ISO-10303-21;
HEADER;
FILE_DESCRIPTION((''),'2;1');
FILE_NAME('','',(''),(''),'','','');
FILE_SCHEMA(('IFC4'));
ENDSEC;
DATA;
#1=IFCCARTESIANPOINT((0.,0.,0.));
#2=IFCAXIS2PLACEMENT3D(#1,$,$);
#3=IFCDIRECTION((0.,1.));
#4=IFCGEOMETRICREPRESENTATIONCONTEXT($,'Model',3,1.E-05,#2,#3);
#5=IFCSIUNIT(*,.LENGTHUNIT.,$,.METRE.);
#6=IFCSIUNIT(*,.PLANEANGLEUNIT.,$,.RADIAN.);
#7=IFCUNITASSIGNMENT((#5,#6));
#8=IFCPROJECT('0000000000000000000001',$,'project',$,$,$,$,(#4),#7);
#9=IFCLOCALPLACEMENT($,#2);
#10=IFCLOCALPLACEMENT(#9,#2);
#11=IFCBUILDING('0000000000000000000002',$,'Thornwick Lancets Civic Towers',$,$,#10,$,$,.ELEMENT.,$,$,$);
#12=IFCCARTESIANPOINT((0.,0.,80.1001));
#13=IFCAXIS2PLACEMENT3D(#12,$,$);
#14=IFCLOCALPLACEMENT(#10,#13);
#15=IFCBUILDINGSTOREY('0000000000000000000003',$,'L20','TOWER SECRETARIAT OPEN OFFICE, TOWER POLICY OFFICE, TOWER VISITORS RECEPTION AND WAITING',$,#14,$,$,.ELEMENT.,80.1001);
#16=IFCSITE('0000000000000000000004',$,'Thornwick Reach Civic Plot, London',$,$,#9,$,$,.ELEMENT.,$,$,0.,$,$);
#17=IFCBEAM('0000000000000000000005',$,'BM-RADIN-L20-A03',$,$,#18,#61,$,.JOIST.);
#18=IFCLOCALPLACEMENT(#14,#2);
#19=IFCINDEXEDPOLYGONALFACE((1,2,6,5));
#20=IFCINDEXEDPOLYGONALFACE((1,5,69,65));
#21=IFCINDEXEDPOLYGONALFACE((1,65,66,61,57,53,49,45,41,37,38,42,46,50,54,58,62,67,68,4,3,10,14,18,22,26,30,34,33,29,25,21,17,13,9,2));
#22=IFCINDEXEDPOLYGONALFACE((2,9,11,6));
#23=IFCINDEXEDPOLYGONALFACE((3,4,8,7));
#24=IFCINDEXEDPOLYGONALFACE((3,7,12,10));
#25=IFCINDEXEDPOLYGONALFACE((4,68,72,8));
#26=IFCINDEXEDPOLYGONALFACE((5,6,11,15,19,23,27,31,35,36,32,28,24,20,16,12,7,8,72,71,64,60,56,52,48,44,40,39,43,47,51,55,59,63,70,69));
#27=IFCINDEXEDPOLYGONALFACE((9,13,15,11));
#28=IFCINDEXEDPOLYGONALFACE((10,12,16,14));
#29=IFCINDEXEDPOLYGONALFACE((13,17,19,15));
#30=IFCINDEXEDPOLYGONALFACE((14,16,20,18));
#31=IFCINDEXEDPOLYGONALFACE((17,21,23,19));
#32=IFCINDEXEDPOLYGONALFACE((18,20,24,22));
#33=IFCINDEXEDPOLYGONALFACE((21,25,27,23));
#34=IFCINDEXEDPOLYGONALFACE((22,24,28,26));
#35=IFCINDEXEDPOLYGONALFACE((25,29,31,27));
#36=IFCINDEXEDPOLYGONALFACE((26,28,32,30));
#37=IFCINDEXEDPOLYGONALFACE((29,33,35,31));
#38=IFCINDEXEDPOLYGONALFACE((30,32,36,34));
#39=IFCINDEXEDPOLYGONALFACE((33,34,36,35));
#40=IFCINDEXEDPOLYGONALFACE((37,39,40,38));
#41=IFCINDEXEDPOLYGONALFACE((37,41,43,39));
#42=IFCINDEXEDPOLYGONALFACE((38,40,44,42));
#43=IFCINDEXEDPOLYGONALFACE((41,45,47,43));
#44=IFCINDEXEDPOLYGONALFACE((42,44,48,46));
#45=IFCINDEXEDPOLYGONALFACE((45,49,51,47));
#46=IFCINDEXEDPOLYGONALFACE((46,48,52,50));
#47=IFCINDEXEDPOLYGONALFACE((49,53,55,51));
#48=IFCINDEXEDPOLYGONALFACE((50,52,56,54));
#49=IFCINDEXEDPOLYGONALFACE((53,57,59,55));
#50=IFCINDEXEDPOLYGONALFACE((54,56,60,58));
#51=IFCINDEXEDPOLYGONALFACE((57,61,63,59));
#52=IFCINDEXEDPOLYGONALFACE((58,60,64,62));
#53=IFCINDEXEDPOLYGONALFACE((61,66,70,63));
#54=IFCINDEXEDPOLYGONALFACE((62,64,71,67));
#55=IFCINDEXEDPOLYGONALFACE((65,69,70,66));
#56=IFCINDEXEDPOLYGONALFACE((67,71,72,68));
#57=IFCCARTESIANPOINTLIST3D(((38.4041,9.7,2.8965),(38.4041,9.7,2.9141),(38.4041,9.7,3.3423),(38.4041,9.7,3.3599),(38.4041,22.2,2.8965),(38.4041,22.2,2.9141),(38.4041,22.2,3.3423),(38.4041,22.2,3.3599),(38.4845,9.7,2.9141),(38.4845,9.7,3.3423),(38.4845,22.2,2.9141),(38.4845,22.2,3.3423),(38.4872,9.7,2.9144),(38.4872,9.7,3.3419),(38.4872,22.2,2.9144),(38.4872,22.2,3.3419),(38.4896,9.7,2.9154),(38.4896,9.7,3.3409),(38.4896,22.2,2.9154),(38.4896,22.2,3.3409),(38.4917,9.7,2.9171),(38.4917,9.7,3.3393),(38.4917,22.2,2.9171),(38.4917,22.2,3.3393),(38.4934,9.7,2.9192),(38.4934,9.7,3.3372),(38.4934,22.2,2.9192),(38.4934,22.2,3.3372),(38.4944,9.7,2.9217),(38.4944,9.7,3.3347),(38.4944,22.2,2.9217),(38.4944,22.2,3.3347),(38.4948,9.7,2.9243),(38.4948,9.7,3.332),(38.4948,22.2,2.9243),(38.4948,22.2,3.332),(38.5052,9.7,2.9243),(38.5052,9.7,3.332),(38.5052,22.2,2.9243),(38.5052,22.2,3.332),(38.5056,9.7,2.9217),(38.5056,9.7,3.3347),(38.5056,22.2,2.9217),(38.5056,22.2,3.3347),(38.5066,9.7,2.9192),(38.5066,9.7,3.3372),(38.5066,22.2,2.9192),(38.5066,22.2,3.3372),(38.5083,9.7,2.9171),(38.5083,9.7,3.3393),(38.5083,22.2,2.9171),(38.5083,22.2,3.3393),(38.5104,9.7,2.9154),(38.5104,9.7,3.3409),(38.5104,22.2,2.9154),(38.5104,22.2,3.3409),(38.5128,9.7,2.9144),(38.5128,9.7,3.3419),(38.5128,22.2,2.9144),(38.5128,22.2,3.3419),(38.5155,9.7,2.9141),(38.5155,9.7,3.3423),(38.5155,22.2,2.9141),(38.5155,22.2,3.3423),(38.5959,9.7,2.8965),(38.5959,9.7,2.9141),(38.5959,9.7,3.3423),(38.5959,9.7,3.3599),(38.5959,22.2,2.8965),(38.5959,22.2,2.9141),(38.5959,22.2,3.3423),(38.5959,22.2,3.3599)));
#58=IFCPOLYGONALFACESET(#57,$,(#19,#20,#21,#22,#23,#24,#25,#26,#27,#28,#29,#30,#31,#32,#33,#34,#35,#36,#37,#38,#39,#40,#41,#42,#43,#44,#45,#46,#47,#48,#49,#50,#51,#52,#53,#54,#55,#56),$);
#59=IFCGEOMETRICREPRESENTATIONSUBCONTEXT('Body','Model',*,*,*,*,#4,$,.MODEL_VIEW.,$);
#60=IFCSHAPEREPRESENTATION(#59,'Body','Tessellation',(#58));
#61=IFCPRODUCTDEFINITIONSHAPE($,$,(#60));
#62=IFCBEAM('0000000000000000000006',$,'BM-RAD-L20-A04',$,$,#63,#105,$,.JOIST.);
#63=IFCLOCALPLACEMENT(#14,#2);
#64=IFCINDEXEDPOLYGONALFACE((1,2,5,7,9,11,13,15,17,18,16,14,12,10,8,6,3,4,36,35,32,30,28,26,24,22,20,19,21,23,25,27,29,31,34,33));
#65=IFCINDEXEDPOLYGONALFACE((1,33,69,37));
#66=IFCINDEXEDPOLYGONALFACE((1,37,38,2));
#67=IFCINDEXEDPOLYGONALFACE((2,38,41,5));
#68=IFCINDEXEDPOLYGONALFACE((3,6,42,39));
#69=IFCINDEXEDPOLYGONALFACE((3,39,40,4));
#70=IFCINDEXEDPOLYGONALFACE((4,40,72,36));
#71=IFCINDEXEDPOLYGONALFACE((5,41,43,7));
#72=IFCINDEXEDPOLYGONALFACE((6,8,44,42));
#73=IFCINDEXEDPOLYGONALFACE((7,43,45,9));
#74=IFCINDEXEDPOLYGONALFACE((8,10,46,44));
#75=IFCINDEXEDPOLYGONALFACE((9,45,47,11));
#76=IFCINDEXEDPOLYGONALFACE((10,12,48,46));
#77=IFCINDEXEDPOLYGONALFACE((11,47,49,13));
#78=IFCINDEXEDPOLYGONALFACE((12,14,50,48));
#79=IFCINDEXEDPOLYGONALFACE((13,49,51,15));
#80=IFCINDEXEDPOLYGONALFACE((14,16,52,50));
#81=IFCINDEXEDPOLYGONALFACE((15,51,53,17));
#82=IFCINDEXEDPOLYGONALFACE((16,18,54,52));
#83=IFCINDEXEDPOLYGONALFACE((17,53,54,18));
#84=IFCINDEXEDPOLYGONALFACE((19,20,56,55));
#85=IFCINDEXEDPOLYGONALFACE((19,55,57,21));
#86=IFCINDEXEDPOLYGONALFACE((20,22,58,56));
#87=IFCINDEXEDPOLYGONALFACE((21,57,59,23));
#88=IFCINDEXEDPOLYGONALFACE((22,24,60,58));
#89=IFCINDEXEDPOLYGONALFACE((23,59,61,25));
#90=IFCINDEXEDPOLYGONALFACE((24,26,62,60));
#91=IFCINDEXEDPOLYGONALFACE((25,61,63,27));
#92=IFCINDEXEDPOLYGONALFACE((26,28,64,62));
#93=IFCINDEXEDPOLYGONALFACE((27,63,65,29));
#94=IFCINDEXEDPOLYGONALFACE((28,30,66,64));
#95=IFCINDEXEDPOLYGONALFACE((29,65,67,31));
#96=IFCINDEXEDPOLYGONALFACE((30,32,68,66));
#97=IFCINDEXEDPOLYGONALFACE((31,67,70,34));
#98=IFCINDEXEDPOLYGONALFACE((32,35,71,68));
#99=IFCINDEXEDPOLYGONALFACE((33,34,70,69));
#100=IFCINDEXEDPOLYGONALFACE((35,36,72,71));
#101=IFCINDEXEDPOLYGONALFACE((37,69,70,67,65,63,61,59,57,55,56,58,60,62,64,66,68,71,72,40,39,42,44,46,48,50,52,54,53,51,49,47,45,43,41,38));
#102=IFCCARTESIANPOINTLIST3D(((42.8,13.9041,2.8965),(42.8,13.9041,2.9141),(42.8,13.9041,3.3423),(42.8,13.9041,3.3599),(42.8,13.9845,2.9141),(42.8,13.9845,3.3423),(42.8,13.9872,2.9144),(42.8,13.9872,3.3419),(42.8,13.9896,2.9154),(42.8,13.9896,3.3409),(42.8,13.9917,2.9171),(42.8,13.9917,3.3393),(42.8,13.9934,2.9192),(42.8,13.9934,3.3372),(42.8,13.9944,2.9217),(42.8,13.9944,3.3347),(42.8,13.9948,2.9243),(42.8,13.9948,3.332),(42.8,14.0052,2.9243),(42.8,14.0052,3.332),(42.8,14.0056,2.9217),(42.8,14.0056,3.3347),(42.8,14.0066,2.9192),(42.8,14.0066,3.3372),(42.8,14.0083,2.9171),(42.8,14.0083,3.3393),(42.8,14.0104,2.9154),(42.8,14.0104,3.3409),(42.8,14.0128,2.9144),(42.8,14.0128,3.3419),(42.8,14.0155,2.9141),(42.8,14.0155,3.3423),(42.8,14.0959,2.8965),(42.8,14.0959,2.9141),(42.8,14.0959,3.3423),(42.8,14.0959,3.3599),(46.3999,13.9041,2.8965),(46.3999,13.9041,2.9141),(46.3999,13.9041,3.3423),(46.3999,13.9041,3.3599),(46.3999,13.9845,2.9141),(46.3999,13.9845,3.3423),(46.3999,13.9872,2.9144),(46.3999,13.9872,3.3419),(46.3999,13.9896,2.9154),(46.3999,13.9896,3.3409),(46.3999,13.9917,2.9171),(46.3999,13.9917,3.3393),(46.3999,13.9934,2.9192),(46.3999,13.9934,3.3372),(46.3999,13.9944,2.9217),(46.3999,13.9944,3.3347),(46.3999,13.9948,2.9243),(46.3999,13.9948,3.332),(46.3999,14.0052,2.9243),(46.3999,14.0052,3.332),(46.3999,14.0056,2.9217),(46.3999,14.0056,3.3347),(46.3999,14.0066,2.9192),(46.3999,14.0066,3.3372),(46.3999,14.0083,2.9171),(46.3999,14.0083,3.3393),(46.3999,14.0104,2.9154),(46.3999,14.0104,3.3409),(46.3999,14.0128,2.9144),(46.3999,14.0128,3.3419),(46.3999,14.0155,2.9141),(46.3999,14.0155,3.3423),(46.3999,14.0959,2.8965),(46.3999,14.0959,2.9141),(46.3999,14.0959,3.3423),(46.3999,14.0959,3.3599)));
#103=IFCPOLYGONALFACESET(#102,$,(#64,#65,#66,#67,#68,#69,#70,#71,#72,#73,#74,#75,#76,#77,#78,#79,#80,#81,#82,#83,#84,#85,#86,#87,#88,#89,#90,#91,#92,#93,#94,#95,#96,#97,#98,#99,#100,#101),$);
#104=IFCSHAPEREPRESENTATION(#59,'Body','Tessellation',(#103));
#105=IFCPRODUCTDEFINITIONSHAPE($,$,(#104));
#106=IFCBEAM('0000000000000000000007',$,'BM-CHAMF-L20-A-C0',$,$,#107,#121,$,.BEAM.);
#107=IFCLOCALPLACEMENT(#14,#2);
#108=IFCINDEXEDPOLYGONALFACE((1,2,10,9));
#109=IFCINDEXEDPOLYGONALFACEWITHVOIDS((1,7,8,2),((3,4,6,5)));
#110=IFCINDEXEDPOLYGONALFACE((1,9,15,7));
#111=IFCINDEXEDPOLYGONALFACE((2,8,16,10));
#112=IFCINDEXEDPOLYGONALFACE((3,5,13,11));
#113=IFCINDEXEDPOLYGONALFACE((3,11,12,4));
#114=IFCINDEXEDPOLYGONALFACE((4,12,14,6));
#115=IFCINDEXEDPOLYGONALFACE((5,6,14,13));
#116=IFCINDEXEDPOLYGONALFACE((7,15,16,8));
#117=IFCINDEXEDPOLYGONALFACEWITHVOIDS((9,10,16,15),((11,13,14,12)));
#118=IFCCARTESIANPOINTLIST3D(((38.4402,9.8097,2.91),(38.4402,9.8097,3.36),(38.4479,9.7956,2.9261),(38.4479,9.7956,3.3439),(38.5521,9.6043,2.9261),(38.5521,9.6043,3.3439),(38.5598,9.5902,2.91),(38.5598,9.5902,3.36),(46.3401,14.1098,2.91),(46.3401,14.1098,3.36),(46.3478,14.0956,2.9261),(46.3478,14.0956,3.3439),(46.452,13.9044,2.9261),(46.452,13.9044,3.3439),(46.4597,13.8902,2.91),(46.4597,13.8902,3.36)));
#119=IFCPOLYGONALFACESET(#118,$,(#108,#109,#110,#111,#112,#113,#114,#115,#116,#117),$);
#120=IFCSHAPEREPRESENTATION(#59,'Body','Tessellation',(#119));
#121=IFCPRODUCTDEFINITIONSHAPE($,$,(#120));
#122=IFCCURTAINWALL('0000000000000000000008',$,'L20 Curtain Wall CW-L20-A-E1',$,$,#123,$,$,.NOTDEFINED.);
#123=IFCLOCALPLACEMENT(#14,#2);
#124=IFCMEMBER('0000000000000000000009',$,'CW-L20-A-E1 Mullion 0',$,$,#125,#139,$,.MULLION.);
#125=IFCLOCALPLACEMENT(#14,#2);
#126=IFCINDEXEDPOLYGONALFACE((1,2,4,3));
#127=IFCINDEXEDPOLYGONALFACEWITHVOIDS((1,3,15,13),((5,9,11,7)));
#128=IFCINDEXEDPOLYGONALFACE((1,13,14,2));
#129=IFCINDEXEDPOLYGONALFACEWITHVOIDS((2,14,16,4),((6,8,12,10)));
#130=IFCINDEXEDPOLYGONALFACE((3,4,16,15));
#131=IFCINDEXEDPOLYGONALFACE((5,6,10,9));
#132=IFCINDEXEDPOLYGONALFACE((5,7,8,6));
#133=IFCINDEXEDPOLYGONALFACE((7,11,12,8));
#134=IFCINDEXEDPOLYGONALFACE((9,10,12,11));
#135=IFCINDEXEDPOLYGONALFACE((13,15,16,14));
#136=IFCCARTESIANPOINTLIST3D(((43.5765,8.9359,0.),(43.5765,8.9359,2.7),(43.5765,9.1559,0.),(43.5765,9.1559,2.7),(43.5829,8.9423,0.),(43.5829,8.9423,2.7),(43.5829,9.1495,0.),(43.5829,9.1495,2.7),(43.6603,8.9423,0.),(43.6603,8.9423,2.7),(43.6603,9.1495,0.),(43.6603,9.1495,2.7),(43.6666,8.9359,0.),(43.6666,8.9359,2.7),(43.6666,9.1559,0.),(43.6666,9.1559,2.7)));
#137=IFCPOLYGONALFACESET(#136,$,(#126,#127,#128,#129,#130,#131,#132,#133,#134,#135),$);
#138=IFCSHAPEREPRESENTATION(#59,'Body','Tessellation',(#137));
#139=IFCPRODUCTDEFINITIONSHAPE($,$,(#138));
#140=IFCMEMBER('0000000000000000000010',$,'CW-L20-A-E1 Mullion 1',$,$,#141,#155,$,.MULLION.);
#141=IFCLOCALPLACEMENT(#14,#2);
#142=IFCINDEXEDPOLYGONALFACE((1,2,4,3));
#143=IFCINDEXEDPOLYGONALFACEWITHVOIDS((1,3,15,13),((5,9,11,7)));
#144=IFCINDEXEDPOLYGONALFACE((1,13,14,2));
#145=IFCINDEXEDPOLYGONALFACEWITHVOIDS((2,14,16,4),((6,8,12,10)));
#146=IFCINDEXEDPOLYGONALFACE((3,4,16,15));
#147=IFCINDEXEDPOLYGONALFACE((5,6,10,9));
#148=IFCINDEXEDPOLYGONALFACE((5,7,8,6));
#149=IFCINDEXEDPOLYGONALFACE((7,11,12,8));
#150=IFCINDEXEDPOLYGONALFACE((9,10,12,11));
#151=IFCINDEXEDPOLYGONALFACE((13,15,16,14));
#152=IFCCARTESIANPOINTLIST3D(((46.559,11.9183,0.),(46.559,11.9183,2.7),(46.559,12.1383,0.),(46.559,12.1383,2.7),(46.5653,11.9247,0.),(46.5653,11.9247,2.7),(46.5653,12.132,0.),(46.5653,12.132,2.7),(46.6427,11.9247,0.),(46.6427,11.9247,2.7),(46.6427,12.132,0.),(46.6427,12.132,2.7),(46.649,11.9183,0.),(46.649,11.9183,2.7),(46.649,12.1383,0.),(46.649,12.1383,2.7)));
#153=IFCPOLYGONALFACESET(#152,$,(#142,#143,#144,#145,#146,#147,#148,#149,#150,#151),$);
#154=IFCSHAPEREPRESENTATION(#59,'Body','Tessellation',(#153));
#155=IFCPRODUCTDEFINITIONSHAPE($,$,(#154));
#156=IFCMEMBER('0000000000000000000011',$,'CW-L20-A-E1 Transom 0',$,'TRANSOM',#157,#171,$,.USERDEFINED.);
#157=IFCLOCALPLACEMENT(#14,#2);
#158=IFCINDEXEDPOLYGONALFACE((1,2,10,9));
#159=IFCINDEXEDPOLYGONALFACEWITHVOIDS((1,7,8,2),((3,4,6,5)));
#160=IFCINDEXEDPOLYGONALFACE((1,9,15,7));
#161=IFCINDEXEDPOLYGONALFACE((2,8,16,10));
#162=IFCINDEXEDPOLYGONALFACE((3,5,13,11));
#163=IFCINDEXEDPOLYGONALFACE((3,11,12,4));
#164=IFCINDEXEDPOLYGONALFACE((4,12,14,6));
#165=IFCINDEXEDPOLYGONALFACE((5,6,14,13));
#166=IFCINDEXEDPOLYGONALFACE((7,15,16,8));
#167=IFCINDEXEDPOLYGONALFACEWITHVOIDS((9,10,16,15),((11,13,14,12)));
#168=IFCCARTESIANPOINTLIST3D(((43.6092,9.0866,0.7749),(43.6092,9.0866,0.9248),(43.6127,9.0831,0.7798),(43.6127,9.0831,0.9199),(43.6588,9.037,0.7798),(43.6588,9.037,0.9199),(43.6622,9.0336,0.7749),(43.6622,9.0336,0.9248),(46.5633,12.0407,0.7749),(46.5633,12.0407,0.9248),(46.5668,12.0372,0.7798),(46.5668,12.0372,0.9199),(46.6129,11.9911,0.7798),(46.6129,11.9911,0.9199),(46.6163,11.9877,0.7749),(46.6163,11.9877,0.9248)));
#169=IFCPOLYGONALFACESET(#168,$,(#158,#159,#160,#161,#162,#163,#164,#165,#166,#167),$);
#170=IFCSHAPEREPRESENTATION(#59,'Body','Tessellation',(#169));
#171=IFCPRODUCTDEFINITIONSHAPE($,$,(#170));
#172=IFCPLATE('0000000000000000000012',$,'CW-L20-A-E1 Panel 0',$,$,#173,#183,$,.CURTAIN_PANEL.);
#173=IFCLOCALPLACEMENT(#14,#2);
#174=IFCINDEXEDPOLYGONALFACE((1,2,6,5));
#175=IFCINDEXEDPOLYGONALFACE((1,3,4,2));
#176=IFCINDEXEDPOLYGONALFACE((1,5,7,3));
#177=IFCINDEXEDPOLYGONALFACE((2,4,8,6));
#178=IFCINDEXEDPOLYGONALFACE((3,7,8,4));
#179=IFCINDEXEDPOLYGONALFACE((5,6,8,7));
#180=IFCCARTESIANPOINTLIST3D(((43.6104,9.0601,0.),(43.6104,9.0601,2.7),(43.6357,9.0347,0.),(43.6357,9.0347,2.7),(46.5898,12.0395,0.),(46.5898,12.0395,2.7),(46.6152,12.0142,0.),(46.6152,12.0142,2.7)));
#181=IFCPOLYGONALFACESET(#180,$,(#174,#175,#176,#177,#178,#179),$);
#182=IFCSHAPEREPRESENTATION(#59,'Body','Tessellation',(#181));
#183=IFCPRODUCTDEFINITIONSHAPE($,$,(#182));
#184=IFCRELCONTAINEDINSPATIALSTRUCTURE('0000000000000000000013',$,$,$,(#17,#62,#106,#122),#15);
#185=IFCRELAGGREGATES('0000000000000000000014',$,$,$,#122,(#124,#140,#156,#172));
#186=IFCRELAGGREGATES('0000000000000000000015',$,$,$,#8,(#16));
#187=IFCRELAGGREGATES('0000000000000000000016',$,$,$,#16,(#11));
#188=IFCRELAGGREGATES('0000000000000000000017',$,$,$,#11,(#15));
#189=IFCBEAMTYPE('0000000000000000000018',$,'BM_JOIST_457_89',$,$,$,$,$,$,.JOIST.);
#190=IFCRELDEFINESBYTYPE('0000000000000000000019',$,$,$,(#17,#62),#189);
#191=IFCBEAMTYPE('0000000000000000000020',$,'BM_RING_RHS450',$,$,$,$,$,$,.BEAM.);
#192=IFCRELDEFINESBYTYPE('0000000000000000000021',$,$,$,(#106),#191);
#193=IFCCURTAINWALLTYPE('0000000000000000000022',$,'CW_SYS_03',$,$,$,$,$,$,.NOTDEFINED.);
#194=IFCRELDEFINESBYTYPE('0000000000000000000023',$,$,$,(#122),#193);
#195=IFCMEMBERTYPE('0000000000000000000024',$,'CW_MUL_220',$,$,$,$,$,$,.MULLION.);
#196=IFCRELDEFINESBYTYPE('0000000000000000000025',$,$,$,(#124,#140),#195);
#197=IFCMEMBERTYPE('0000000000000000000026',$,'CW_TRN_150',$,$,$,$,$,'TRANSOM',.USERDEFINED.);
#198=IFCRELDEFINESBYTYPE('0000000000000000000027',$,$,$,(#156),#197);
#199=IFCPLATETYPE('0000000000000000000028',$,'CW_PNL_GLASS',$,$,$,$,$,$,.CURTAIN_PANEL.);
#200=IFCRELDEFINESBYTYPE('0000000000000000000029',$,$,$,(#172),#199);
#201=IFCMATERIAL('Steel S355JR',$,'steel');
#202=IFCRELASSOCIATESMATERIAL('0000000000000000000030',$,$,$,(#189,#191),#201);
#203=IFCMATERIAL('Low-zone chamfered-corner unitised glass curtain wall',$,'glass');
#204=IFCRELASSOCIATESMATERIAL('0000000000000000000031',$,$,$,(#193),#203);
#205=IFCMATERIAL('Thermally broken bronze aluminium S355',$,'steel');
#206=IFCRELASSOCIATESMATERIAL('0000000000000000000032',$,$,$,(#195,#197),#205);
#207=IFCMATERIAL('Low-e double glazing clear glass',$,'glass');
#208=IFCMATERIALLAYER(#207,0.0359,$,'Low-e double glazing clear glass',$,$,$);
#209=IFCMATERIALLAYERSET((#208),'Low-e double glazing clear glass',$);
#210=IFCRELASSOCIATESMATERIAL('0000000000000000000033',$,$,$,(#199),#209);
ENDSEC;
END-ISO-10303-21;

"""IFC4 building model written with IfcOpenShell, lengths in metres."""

from ifc_helpers import new_model, si_unit, direction, frame, origin, origin_2d, place, context, subcontext, project, spatial, rectangle, hollow_rectangle, i_section, extrude, material, layer, layer_set, material_profile, profile_set, type_object, element, aggregate, save


model = new_model("IFC4")

# Units and contexts
model_context = context("Model", 3, precision=1e-05, world=origin(), true_north=direction((0.0, 1.0)))
body_context = subcontext(model_context, "Body", "Model", "MODEL_VIEW")
ifc_project = project(units=[si_unit("LENGTHUNIT", "METRE"), si_unit("PLANEANGLEUNIT", "RADIAN")], contexts=[model_context])

# Site, building, storey
site_placement = place(None, origin())
site = spatial("IfcSite", under=ifc_project, at=site_placement, Name="Thornwick Reach Civic Plot, London", CompositionType="ELEMENT", RefElevation=0.0)
building_placement = place(site_placement, origin())
building = spatial("IfcBuilding", under=site, at=building_placement, Name="Thornwick Lancets Civic Towers", CompositionType="ELEMENT")
storey_placement = place(building_placement, frame((0.0, 0.0, 80.1001)))
storey = spatial("IfcBuildingStorey", under=building, at=storey_placement, Name="L20", Description="TOWER SECRETARIAT OPEN OFFICE, TOWER POLICY OFFICE, TOWER VISITORS RECEPTION AND WAITING", CompositionType="ELEMENT", Elevation=80.1001)

# Beams
ifc_material_1 = material(Name="Steel S355JR", Category="steel")
ifc_material_profile_1 = material_profile(ifc_material_1, i_section(OverallWidth=0.1919, OverallDepth=0.4634, WebThickness=0.0105, FlangeThickness=0.0176, FilletRadius=0.0103, at=origin_2d()), Name="UKB 457x191x89")
ifc_profile_set_1 = profile_set([ifc_material_profile_1], Name="Steel S355JR")
beam_type_1 = type_object("IfcBeamType", Name="BM_JOIST_457_89", PredefinedType="JOIST", material=ifc_profile_set_1)
beam_1_placement = place(storey_placement, frame((38.5, 22.2, 3.1282), z_axis=(0.0, -1.0, 0.0), x_axis=(1.0, 0.0, 0.0)))
element("IfcBeam", 1, at=beam_1_placement, inside=storey, type_object=beam_type_1, Name="BM-RADIN-L20-A03", PredefinedType="JOIST", context=body_context, shape_type="SweptSolid", body=[
    extrude(i_section(OverallWidth=0.1919, OverallDepth=0.4634, WebThickness=0.0105, FlangeThickness=0.0176, FilletRadius=0.0103, at=origin_2d()), origin(), (0.0, 0.0, 1.0), 12.5),
])
beam_2_placement = place(storey_placement, frame((42.8, 14.0, 3.1282), z_axis=(1.0, 0.0, 0.0), x_axis=(0.0, 1.0, 0.0)))
element("IfcBeam", 2, at=beam_2_placement, inside=storey, type_object=beam_type_1, Name="BM-RAD-L20-A04", PredefinedType="JOIST", context=body_context, shape_type="SweptSolid", body=[
    extrude(i_section(OverallWidth=0.1919, OverallDepth=0.4634, WebThickness=0.0105, FlangeThickness=0.0176, FilletRadius=0.0103, at=origin_2d()), origin(), (0.0, 0.0, 1.0), 3.5999),
])
ifc_material_profile_2 = material_profile(ifc_material_1, hollow_rectangle(XDim=0.25, YDim=0.45, WallThickness=0.0161, at=origin_2d()), Name="RHS 450x250x16")
ifc_profile_set_2 = profile_set([ifc_material_profile_2], Name="Steel S355JR")
beam_type_2 = type_object("IfcBeamType", Name="BM_RING_RHS450", PredefinedType="BEAM", material=ifc_profile_set_2)
beam_3_placement = place(storey_placement, frame((38.5, 9.7, 3.135), z_axis=(0.878315, 0.478082, 0.0), x_axis=(-0.478082, 0.878315, 0.0)))
element("IfcBeam", 3, at=beam_3_placement, inside=storey, type_object=beam_type_2, Name="BM-CHAMF-L20-A-C0", PredefinedType="BEAM", context=body_context, shape_type="SweptSolid", body=[
    extrude(hollow_rectangle(XDim=0.25, YDim=0.45, WallThickness=0.0161, at=origin_2d()), origin(), (0.0, 0.0, 1.0), 8.9944),
])

# Curtain wall, members, plate
ifc_material_2 = material(Name="Low-zone chamfered-corner unitised glass curtain wall", Category="glass")
curtain_wall_type = type_object("IfcCurtainWallType", Name="CW_SYS_03", PredefinedType="NOTDEFINED", material=ifc_material_2)
curtain_wall_placement = place(storey_placement, origin())
curtain_wall = element("IfcCurtainWall", 4, at=curtain_wall_placement, inside=storey, type_object=curtain_wall_type, Name="L20 Curtain Wall CW-L20-A-E1", PredefinedType="NOTDEFINED")
ifc_material_3 = material(Name="Thermally broken bronze aluminium S355", Category="steel")
ifc_material_profile_3 = material_profile(ifc_material_3, hollow_rectangle(XDim=0.0901, YDim=0.22, WallThickness=0.0063, at=origin_2d()), Name="RHS 220x90x6.3")
ifc_profile_set_3 = profile_set([ifc_material_profile_3], Name="Thermally broken bronze aluminium S355")
member_type_1 = type_object("IfcMemberType", Name="CW_MUL_220", PredefinedType="MULLION", material=ifc_profile_set_3)
member_1_placement = place(storey_placement, frame((43.6216, 9.0459, 0.0), z_axis=(0.0, 0.0, 1.0), x_axis=(1.0, 0.0, 0.0)))
member_1 = element("IfcMember", 5, at=member_1_placement, type_object=member_type_1, Name="CW-L20-A-E1 Mullion 0", PredefinedType="MULLION", context=body_context, shape_type="SweptSolid", body=[
    extrude(hollow_rectangle(XDim=0.0901, YDim=0.22, WallThickness=0.0063, at=origin_2d()), origin(), (0.0, 0.0, 1.0), 2.7),
])
member_2_placement = place(storey_placement, frame((46.604, 12.0283, 0.0), z_axis=(0.0, 0.0, 1.0), x_axis=(1.0, 0.0, 0.0)))
member_2 = element("IfcMember", 6, at=member_2_placement, type_object=member_type_1, Name="CW-L20-A-E1 Mullion 1", PredefinedType="MULLION", context=body_context, shape_type="SweptSolid", body=[
    extrude(hollow_rectangle(XDim=0.0901, YDim=0.22, WallThickness=0.0063, at=origin_2d()), origin(), (0.0, 0.0, 1.0), 2.7),
])
ifc_material_profile_4 = material_profile(ifc_material_3, hollow_rectangle(XDim=0.075, YDim=0.1499, WallThickness=0.0049, at=origin_2d()), Name="RHS 150x75x5")
ifc_profile_set_4 = profile_set([ifc_material_profile_4], Name="Thermally broken bronze aluminium S355")
member_type_2 = type_object("IfcMemberType", Name="CW_TRN_150", ElementType="TRANSOM", PredefinedType="USERDEFINED", material=ifc_profile_set_4)
member_3_placement = place(storey_placement, frame((43.6357, 9.0601, 0.8499), z_axis=(0.707107, 0.707107, 0.0), x_axis=(-0.707107, 0.707107, 0.0)))
member_3 = element("IfcMember", 7, at=member_3_placement, type_object=member_type_2, Name="CW-L20-A-E1 Transom 0", ObjectType="TRANSOM", PredefinedType="USERDEFINED", context=body_context, shape_type="SweptSolid", body=[
    extrude(hollow_rectangle(XDim=0.075, YDim=0.1499, WallThickness=0.0049, at=origin_2d()), origin(), (0.0, 0.0, 1.0), 4.1777),
])
ifc_material_4 = material(Name="Low-e double glazing clear glass", Category="glass")
ifc_layer_1 = layer(ifc_material_4, 0.0359, Name="Low-e double glazing clear glass")
ifc_layer_set_1 = layer_set([ifc_layer_1], Name="Low-e double glazing clear glass")
plate_type = type_object("IfcPlateType", Name="CW_PNL_GLASS", PredefinedType="CURTAIN_PANEL", material=ifc_layer_set_1)
plate_placement = place(storey_placement, frame((45.1128, 10.5371, 0.0), z_axis=(0.0, 0.0, 1.0), x_axis=(0.707107, 0.707107, 0.0)))
plate = element("IfcPlate", 8, at=plate_placement, type_object=plate_type, Name="CW-L20-A-E1 Panel 0", PredefinedType="CURTAIN_PANEL", context=body_context, shape_type="SweptSolid", body=[
    extrude(rectangle(XDim=4.2136, YDim=0.0359, at=origin_2d()), origin(), (0.0, 0.0, 1.0), 2.7),
])
aggregate(curtain_wall, [member_1, member_2, member_3, plate])

save(model, "model.ifc")
